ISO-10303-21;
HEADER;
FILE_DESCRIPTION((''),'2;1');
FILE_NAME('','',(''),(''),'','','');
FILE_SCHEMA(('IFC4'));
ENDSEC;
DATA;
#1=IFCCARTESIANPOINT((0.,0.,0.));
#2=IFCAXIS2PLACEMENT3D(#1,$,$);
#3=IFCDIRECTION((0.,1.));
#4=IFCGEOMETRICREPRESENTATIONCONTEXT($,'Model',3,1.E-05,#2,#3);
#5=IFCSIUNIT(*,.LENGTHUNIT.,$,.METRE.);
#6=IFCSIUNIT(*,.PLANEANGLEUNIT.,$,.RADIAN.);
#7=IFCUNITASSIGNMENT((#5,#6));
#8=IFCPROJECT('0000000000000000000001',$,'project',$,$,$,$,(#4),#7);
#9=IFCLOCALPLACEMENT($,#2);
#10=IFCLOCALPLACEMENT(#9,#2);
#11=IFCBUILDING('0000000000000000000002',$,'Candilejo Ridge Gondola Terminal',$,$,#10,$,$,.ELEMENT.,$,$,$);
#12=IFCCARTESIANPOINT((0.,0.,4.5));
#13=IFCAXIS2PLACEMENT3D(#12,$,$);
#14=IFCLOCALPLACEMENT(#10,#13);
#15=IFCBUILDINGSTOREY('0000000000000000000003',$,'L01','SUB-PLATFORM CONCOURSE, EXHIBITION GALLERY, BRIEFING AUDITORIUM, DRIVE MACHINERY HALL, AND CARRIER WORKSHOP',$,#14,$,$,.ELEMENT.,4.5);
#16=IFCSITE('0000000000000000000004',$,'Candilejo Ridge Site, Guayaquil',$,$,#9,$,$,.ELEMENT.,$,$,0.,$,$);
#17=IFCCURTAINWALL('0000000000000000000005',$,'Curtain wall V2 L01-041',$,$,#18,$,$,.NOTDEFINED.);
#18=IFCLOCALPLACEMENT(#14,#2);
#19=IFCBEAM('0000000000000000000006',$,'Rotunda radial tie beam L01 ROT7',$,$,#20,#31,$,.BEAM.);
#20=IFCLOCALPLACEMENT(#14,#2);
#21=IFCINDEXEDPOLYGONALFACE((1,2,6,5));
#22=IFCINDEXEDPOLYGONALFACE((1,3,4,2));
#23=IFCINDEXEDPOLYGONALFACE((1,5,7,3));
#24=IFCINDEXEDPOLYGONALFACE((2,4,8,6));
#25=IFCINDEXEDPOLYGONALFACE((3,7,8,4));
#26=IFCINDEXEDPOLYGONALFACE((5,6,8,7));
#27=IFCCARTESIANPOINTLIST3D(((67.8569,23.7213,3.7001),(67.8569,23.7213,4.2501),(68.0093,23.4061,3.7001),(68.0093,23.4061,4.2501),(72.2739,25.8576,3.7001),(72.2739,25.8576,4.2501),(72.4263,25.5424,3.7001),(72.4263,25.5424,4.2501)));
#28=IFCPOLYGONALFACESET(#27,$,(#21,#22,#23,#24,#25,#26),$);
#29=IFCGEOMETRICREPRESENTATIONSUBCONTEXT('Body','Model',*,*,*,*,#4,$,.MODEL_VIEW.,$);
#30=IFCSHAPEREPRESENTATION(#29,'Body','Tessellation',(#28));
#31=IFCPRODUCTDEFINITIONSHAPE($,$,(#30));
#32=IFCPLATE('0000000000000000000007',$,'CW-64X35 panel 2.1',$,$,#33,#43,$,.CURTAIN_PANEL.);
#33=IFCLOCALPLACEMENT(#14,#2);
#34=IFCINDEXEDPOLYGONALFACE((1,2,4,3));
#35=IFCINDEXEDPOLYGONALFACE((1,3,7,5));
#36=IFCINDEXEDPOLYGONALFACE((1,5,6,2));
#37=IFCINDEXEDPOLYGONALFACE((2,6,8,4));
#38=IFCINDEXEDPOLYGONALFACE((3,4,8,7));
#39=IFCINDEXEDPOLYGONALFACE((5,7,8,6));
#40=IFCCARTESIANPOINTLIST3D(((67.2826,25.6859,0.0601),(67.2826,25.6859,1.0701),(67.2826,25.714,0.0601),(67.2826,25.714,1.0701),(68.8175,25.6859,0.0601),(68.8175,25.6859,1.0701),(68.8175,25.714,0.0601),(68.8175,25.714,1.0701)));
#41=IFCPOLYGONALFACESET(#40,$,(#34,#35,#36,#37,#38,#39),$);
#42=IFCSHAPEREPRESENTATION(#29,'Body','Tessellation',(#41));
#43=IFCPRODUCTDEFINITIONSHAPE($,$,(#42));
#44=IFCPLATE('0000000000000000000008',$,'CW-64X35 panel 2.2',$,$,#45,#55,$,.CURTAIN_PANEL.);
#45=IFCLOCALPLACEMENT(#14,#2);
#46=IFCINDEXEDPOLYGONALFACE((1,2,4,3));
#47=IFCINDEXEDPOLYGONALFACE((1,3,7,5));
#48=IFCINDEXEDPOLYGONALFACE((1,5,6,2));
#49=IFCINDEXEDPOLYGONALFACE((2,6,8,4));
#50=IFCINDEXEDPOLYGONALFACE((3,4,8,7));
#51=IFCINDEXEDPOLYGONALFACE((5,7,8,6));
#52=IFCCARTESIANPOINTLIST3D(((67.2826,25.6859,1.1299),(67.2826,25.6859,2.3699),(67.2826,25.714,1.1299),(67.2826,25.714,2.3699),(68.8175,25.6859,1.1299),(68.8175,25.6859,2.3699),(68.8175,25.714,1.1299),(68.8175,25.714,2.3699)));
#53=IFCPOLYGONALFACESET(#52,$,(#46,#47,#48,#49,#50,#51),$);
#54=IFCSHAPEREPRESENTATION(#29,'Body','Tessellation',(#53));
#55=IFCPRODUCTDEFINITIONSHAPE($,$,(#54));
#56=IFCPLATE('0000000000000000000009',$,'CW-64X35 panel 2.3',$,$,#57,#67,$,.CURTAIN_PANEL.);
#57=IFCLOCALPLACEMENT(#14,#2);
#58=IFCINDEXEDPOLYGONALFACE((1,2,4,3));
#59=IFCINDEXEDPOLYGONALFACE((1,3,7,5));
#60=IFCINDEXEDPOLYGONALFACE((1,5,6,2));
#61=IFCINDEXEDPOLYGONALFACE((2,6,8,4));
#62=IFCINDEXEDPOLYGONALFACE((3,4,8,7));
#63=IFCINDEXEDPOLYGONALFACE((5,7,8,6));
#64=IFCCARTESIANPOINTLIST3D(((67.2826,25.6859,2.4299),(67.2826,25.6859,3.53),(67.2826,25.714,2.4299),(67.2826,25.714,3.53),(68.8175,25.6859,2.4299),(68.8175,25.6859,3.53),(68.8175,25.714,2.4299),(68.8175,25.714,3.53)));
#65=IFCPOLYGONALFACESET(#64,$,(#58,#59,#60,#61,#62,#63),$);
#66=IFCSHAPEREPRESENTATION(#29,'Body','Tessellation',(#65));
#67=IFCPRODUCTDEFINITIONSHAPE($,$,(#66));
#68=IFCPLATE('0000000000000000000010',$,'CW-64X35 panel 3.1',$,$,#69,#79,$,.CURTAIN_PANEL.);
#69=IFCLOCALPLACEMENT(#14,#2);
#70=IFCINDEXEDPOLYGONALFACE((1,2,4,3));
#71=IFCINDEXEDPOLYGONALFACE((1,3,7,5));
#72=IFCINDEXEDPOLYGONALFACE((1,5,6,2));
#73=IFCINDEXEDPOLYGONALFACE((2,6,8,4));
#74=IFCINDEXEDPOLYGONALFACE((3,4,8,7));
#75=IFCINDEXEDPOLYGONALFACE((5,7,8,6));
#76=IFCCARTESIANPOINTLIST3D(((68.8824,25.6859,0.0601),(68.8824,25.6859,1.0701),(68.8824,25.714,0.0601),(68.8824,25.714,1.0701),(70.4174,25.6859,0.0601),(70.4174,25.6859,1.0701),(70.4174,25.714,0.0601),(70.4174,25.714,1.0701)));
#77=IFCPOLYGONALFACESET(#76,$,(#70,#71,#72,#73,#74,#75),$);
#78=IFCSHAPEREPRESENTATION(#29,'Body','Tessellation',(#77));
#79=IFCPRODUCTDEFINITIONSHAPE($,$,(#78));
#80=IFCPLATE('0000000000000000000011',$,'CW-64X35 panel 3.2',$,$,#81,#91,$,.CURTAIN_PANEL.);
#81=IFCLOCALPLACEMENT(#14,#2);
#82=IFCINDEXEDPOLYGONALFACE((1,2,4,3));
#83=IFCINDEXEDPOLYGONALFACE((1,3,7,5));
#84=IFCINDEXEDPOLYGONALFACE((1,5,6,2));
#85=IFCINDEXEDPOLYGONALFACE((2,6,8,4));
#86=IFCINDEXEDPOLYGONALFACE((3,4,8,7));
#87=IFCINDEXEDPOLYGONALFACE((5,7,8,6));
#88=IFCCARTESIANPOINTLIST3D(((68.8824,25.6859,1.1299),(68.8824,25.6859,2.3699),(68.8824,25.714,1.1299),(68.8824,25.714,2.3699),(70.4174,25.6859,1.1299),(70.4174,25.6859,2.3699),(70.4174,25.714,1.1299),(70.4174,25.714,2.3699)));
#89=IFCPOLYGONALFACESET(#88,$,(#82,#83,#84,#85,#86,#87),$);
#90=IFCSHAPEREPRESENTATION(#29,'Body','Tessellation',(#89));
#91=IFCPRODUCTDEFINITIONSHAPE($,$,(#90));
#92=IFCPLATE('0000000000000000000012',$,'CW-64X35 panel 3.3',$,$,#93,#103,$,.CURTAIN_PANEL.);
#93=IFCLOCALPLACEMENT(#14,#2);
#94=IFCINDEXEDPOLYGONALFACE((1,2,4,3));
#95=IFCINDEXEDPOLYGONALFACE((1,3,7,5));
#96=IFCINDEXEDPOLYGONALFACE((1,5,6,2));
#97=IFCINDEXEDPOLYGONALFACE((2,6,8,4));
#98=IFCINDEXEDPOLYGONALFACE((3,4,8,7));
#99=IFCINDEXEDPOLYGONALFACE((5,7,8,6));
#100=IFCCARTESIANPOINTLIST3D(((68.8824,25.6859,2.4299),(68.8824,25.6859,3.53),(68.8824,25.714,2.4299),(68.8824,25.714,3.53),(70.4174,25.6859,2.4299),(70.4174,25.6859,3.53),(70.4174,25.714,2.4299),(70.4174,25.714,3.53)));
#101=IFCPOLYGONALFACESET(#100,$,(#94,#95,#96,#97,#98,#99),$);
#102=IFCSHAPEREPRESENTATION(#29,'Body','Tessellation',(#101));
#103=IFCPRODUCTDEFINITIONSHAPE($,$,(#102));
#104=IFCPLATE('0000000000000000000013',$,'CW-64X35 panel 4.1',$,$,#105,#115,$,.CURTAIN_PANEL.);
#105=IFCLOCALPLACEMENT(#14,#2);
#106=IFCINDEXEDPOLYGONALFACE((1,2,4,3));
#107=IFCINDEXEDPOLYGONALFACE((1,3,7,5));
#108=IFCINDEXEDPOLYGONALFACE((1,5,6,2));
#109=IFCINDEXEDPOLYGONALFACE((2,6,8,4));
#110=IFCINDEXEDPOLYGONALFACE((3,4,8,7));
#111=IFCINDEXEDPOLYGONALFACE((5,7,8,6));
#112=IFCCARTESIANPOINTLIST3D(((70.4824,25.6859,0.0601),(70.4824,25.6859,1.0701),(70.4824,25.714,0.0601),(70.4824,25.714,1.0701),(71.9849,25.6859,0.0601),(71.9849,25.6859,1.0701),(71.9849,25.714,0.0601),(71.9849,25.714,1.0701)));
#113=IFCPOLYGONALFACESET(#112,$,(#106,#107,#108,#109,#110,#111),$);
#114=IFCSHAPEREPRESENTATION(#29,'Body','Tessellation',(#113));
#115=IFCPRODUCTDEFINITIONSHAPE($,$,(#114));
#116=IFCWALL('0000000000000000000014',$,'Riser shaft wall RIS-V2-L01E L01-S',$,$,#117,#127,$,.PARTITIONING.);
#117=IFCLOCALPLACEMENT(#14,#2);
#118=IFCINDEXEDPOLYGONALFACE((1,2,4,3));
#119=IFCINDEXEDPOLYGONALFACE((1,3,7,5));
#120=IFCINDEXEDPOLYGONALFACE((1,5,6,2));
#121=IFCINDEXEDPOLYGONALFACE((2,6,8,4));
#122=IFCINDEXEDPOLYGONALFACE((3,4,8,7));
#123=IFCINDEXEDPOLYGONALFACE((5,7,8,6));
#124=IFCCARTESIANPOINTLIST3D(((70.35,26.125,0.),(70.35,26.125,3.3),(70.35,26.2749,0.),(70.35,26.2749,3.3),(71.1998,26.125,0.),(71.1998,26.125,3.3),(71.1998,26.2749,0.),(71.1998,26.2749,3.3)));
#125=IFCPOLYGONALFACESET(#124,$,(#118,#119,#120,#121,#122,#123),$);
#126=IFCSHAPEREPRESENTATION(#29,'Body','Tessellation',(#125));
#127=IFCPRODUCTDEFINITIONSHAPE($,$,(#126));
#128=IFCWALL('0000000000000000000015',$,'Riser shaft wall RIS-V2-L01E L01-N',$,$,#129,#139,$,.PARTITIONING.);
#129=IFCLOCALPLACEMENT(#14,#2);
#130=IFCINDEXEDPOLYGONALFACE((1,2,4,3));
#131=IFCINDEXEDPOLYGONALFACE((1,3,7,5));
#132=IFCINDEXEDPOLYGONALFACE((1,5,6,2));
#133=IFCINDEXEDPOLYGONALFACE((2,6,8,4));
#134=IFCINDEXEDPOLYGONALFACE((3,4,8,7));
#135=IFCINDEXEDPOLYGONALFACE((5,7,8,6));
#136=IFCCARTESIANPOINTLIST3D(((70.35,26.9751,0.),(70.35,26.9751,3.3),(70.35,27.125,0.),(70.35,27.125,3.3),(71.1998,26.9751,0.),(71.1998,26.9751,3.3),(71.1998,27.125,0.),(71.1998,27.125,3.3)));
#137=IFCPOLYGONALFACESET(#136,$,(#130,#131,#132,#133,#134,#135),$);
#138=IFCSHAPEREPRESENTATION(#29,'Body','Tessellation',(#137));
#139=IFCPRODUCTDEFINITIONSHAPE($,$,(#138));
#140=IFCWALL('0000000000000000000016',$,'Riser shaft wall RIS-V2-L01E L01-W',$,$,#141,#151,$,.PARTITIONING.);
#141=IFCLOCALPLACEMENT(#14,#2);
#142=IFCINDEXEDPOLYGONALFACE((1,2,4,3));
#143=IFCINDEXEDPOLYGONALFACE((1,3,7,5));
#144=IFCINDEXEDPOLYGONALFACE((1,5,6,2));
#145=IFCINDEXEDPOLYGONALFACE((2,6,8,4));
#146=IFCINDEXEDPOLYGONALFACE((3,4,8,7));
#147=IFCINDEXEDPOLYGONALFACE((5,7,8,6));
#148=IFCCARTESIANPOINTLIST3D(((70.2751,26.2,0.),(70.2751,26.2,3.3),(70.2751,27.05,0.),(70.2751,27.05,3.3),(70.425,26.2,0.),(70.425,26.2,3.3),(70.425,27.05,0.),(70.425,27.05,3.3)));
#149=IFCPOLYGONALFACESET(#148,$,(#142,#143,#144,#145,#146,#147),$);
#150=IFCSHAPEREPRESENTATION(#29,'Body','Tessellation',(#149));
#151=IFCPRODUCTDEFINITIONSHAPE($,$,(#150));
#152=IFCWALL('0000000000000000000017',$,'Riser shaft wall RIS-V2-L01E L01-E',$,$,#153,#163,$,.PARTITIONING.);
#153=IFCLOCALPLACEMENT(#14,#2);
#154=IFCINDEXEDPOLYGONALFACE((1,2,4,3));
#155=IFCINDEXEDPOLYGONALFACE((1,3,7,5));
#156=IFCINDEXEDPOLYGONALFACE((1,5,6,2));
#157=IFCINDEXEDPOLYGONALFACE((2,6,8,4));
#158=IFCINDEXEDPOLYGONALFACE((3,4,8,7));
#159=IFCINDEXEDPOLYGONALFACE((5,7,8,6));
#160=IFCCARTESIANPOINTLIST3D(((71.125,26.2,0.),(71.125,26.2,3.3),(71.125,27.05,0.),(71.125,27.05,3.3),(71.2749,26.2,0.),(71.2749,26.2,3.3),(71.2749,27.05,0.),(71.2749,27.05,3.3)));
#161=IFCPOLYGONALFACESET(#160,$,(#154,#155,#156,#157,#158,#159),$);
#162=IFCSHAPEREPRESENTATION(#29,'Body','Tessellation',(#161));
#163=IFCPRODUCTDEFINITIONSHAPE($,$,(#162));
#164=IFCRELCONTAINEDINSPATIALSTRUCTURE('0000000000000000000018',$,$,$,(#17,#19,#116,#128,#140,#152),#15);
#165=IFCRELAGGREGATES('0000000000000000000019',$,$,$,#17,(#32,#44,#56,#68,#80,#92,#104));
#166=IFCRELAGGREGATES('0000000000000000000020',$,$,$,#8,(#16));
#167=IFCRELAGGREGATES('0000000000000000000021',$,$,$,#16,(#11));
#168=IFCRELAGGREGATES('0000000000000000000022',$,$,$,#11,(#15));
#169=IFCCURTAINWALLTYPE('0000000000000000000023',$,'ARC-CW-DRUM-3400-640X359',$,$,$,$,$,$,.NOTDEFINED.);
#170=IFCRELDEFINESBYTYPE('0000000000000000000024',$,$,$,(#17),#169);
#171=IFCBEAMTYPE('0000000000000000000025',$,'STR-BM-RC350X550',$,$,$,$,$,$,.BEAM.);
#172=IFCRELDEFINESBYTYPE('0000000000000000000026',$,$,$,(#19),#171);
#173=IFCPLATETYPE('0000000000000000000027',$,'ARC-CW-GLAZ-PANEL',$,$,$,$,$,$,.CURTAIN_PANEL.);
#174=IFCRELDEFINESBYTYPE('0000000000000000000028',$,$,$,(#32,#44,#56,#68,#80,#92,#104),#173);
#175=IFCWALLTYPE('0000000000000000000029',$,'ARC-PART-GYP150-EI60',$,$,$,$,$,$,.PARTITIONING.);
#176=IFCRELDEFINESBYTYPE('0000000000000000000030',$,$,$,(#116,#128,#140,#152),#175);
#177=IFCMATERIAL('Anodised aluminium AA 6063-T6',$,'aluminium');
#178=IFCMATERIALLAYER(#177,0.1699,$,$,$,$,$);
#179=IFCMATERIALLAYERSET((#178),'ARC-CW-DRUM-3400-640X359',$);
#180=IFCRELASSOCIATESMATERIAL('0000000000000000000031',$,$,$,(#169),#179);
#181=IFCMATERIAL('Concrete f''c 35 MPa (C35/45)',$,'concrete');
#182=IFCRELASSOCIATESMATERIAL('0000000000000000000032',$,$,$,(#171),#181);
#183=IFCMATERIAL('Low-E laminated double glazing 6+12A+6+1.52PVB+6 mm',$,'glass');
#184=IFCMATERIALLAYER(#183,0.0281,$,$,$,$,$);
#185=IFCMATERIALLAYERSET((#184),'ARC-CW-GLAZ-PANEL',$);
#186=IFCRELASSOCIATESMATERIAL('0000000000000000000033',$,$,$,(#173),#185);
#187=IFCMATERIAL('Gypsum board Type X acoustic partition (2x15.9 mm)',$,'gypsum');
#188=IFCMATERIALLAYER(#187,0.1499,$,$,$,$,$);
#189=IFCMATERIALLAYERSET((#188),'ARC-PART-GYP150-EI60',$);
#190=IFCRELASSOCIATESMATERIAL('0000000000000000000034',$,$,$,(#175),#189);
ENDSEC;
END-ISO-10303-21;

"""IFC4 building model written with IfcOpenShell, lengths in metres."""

from ifc_helpers import new_model, si_unit, direction, frame, frame_2d, origin, origin_2d, place, context, subcontext, project, spatial, rectangle, extrude, material, layer, layer_set, material_profile, profile_set, type_object, element, aggregate, save


model = new_model("IFC4")

# Units and contexts
model_context = context("Model", 3, precision=1e-05, world=origin(), true_north=direction((0.0, 1.0)))
body_context = subcontext(model_context, "Body", "Model", "MODEL_VIEW")
ifc_project = project(units=[si_unit("LENGTHUNIT", "METRE"), si_unit("PLANEANGLEUNIT", "RADIAN")], contexts=[model_context])

# Site, building, storey
site_placement = place(None, origin())
site = spatial("IfcSite", under=ifc_project, at=site_placement, Name="Candilejo Ridge Site, Guayaquil", CompositionType="ELEMENT", RefElevation=0.0)
building_placement = place(site_placement, origin())
building = spatial("IfcBuilding", under=site, at=building_placement, Name="Candilejo Ridge Gondola Terminal", CompositionType="ELEMENT")
storey_placement = place(building_placement, frame((0.0, 0.0, 4.5)))
storey = spatial("IfcBuildingStorey", under=building, at=storey_placement, Name="L01", Description="SUB-PLATFORM CONCOURSE, EXHIBITION GALLERY, BRIEFING AUDITORIUM, DRIVE MACHINERY HALL, AND CARRIER WORKSHOP", CompositionType="ELEMENT", Elevation=4.5)

# Curtain wall
ifc_material_1 = material(Name="Anodised aluminium AA 6063-T6", Category="aluminium")
ifc_layer_1 = layer(ifc_material_1, 0.1699)
ifc_layer_set_1 = layer_set([ifc_layer_1], Name="ARC-CW-DRUM-3400-640X359")
curtain_wall_type = type_object("IfcCurtainWallType", Name="ARC-CW-DRUM-3400-640X359", PredefinedType="NOTDEFINED", material=ifc_layer_set_1)
curtain_wall_placement = place(storey_placement, origin())
curtain_wall = element("IfcCurtainWall", 1, at=curtain_wall_placement, inside=storey, type_object=curtain_wall_type, Name="Curtain wall V2 L01-041", PredefinedType="NOTDEFINED")

# Beam
ifc_material_2 = material(Name="Concrete f'c 35 MPa (C35/45)", Category="concrete")
ifc_material_profile_1 = material_profile(ifc_material_2, rectangle(XDim=0.3501, YDim=0.55, at=origin_2d()))
ifc_profile_set_1 = profile_set([ifc_material_profile_1], Name="Concrete f'c 35 MPa (C35/45)")
beam_type = type_object("IfcBeamType", Name="STR-BM-RC350X550", PredefinedType="BEAM", material=ifc_profile_set_1)
beam_1_placement = place(storey_placement, frame((67.9331, 23.5637, 3.9751), z_axis=(0.900241, 0.435392, 0.0), x_axis=(-0.435392, 0.900241, 0.0)))
element("IfcBeam", 2, at=beam_1_placement, inside=storey, type_object=beam_type, Name="Rotunda radial tie beam L01 ROT7", PredefinedType="BEAM", context=body_context, shape_type="SweptSolid", body=[
    extrude(rectangle(XDim=0.3501, YDim=0.55, at=origin_2d()), origin(), (0.0, 0.0, 1.0), 4.9065),
])

# Plates
ifc_material_3 = material(Name="Low-E laminated double glazing 6+12A+6+1.52PVB+6 mm", Category="glass")
ifc_layer_2 = layer(ifc_material_3, 0.0281)
ifc_layer_set_2 = layer_set([ifc_layer_2], Name="ARC-CW-GLAZ-PANEL")
plate_type = type_object("IfcPlateType", Name="ARC-CW-GLAZ-PANEL", PredefinedType="CURTAIN_PANEL", material=ifc_layer_set_2)
plate_1_placement = place(storey_placement, frame((68.05, 25.7, 0.0601), z_axis=(0.0, 0.0, 1.0), x_axis=(1.0, 0.0, 0.0)))
plate_1 = element("IfcPlate", 3, at=plate_1_placement, type_object=plate_type, Name="CW-64X35 panel 2.1", PredefinedType="CURTAIN_PANEL", context=body_context, shape_type="SweptSolid", body=[
    extrude(rectangle(XDim=1.5349, YDim=0.0281, at=origin_2d()), origin(), (0.0, 0.0, 1.0), 1.01),
])
plate_2_placement = place(storey_placement, frame((68.05, 25.7, 1.1299), z_axis=(0.0, 0.0, 1.0), x_axis=(1.0, 0.0, 0.0)))
plate_2 = element("IfcPlate", 4, at=plate_2_placement, type_object=plate_type, Name="CW-64X35 panel 2.2", PredefinedType="CURTAIN_PANEL", context=body_context, shape_type="SweptSolid", body=[
    extrude(rectangle(XDim=1.5349, YDim=0.0281, at=origin_2d()), origin(), (0.0, 0.0, 1.0), 1.24),
])
plate_3_placement = place(storey_placement, frame((68.05, 25.7, 2.4299), z_axis=(0.0, 0.0, 1.0), x_axis=(1.0, 0.0, 0.0)))
plate_3 = element("IfcPlate", 5, at=plate_3_placement, type_object=plate_type, Name="CW-64X35 panel 2.3", PredefinedType="CURTAIN_PANEL", context=body_context, shape_type="SweptSolid", body=[
    extrude(rectangle(XDim=1.5349, YDim=0.0281, at=origin_2d()), origin(), (0.0, 0.0, 1.0), 1.1001),
])
plate_4_placement = place(storey_placement, frame((69.6499, 25.7, 0.0601), z_axis=(0.0, 0.0, 1.0), x_axis=(1.0, 0.0, 0.0)))
plate_4 = element("IfcPlate", 6, at=plate_4_placement, type_object=plate_type, Name="CW-64X35 panel 3.1", PredefinedType="CURTAIN_PANEL", context=body_context, shape_type="SweptSolid", body=[
    extrude(rectangle(XDim=1.5349, YDim=0.0281, at=origin_2d()), origin(), (0.0, 0.0, 1.0), 1.01),
])
plate_5_placement = place(storey_placement, frame((69.6499, 25.7, 1.1299), z_axis=(0.0, 0.0, 1.0), x_axis=(1.0, 0.0, 0.0)))
plate_5 = element("IfcPlate", 7, at=plate_5_placement, type_object=plate_type, Name="CW-64X35 panel 3.2", PredefinedType="CURTAIN_PANEL", context=body_context, shape_type="SweptSolid", body=[
    extrude(rectangle(XDim=1.5349, YDim=0.0281, at=origin_2d()), origin(), (0.0, 0.0, 1.0), 1.24),
])
plate_6_placement = place(storey_placement, frame((69.6499, 25.7, 2.4299), z_axis=(0.0, 0.0, 1.0), x_axis=(1.0, 0.0, 0.0)))
plate_6 = element("IfcPlate", 8, at=plate_6_placement, type_object=plate_type, Name="CW-64X35 panel 3.3", PredefinedType="CURTAIN_PANEL", context=body_context, shape_type="SweptSolid", body=[
    extrude(rectangle(XDim=1.5349, YDim=0.0281, at=origin_2d()), origin(), (0.0, 0.0, 1.0), 1.1001),
])
plate_7_placement = place(storey_placement, frame((71.2336, 25.7, 0.0601), z_axis=(0.0, 0.0, 1.0), x_axis=(1.0, 0.0, 0.0)))
plate_7 = element("IfcPlate", 9, at=plate_7_placement, type_object=plate_type, Name="CW-64X35 panel 4.1", PredefinedType="CURTAIN_PANEL", context=body_context, shape_type="SweptSolid", body=[
    extrude(rectangle(XDim=1.5024, YDim=0.0281, at=origin_2d()), origin(), (0.0, 0.0, 1.0), 1.01),
])
aggregate(curtain_wall, [plate_1, plate_2, plate_3, plate_4, plate_5, plate_6, plate_7])

# Walls
ifc_material_4 = material(Name="Gypsum board Type X acoustic partition (2x15.9 mm)", Category="gypsum")
ifc_layer_3 = layer(ifc_material_4, 0.1499)
ifc_layer_set_3 = layer_set([ifc_layer_3], Name="ARC-PART-GYP150-EI60")
wall_type = type_object("IfcWallType", Name="ARC-PART-GYP150-EI60", PredefinedType="PARTITIONING", material=ifc_layer_set_3)
for number, where, z_axis, x_axis, name in (
    (10, (70.3501, 26.2, 0.0), (0.0, 0.0, 1.0), (1.0, 0.0, 0.0), "Riser shaft wall RIS-V2-L01E L01-S"),
    (11, (70.3501, 27.05, 0.0), (0.0, 0.0, 1.0), (1.0, 0.0, 0.0), "Riser shaft wall RIS-V2-L01E L01-N"),
):
    element("IfcWall", number, at=place(storey_placement, frame(where, z_axis=z_axis, x_axis=x_axis)), inside=storey, type_object=wall_type, Name=name, PredefinedType="PARTITIONING", context=body_context, shape_type="SweptSolid", body=[
        extrude(rectangle(XDim=0.8499, YDim=0.1499, at=frame_2d((0.4248, 0.0))), origin(), (0.0, 0.0, 1.0), 3.3),
    ])
for number, where, z_axis, x_axis, name in (
    (12, (70.3501, 26.2, 0.0), (0.0, 0.0, 1.0), (0.0, 1.0, 0.0), "Riser shaft wall RIS-V2-L01E L01-W"),
    (13, (71.2, 26.2, 0.0), (0.0, 0.0, 1.0), (0.0, 1.0, 0.0), "Riser shaft wall RIS-V2-L01E L01-E"),
):
    element("IfcWall", number, at=place(storey_placement, frame(where, z_axis=z_axis, x_axis=x_axis)), inside=storey, type_object=wall_type, Name=name, PredefinedType="PARTITIONING", context=body_context, shape_type="SweptSolid", body=[
        extrude(rectangle(XDim=0.8501, YDim=0.1499, at=frame_2d((0.425, 0.0))), origin(), (0.0, 0.0, 1.0), 3.3),
    ])

save(model, "model.ifc")
